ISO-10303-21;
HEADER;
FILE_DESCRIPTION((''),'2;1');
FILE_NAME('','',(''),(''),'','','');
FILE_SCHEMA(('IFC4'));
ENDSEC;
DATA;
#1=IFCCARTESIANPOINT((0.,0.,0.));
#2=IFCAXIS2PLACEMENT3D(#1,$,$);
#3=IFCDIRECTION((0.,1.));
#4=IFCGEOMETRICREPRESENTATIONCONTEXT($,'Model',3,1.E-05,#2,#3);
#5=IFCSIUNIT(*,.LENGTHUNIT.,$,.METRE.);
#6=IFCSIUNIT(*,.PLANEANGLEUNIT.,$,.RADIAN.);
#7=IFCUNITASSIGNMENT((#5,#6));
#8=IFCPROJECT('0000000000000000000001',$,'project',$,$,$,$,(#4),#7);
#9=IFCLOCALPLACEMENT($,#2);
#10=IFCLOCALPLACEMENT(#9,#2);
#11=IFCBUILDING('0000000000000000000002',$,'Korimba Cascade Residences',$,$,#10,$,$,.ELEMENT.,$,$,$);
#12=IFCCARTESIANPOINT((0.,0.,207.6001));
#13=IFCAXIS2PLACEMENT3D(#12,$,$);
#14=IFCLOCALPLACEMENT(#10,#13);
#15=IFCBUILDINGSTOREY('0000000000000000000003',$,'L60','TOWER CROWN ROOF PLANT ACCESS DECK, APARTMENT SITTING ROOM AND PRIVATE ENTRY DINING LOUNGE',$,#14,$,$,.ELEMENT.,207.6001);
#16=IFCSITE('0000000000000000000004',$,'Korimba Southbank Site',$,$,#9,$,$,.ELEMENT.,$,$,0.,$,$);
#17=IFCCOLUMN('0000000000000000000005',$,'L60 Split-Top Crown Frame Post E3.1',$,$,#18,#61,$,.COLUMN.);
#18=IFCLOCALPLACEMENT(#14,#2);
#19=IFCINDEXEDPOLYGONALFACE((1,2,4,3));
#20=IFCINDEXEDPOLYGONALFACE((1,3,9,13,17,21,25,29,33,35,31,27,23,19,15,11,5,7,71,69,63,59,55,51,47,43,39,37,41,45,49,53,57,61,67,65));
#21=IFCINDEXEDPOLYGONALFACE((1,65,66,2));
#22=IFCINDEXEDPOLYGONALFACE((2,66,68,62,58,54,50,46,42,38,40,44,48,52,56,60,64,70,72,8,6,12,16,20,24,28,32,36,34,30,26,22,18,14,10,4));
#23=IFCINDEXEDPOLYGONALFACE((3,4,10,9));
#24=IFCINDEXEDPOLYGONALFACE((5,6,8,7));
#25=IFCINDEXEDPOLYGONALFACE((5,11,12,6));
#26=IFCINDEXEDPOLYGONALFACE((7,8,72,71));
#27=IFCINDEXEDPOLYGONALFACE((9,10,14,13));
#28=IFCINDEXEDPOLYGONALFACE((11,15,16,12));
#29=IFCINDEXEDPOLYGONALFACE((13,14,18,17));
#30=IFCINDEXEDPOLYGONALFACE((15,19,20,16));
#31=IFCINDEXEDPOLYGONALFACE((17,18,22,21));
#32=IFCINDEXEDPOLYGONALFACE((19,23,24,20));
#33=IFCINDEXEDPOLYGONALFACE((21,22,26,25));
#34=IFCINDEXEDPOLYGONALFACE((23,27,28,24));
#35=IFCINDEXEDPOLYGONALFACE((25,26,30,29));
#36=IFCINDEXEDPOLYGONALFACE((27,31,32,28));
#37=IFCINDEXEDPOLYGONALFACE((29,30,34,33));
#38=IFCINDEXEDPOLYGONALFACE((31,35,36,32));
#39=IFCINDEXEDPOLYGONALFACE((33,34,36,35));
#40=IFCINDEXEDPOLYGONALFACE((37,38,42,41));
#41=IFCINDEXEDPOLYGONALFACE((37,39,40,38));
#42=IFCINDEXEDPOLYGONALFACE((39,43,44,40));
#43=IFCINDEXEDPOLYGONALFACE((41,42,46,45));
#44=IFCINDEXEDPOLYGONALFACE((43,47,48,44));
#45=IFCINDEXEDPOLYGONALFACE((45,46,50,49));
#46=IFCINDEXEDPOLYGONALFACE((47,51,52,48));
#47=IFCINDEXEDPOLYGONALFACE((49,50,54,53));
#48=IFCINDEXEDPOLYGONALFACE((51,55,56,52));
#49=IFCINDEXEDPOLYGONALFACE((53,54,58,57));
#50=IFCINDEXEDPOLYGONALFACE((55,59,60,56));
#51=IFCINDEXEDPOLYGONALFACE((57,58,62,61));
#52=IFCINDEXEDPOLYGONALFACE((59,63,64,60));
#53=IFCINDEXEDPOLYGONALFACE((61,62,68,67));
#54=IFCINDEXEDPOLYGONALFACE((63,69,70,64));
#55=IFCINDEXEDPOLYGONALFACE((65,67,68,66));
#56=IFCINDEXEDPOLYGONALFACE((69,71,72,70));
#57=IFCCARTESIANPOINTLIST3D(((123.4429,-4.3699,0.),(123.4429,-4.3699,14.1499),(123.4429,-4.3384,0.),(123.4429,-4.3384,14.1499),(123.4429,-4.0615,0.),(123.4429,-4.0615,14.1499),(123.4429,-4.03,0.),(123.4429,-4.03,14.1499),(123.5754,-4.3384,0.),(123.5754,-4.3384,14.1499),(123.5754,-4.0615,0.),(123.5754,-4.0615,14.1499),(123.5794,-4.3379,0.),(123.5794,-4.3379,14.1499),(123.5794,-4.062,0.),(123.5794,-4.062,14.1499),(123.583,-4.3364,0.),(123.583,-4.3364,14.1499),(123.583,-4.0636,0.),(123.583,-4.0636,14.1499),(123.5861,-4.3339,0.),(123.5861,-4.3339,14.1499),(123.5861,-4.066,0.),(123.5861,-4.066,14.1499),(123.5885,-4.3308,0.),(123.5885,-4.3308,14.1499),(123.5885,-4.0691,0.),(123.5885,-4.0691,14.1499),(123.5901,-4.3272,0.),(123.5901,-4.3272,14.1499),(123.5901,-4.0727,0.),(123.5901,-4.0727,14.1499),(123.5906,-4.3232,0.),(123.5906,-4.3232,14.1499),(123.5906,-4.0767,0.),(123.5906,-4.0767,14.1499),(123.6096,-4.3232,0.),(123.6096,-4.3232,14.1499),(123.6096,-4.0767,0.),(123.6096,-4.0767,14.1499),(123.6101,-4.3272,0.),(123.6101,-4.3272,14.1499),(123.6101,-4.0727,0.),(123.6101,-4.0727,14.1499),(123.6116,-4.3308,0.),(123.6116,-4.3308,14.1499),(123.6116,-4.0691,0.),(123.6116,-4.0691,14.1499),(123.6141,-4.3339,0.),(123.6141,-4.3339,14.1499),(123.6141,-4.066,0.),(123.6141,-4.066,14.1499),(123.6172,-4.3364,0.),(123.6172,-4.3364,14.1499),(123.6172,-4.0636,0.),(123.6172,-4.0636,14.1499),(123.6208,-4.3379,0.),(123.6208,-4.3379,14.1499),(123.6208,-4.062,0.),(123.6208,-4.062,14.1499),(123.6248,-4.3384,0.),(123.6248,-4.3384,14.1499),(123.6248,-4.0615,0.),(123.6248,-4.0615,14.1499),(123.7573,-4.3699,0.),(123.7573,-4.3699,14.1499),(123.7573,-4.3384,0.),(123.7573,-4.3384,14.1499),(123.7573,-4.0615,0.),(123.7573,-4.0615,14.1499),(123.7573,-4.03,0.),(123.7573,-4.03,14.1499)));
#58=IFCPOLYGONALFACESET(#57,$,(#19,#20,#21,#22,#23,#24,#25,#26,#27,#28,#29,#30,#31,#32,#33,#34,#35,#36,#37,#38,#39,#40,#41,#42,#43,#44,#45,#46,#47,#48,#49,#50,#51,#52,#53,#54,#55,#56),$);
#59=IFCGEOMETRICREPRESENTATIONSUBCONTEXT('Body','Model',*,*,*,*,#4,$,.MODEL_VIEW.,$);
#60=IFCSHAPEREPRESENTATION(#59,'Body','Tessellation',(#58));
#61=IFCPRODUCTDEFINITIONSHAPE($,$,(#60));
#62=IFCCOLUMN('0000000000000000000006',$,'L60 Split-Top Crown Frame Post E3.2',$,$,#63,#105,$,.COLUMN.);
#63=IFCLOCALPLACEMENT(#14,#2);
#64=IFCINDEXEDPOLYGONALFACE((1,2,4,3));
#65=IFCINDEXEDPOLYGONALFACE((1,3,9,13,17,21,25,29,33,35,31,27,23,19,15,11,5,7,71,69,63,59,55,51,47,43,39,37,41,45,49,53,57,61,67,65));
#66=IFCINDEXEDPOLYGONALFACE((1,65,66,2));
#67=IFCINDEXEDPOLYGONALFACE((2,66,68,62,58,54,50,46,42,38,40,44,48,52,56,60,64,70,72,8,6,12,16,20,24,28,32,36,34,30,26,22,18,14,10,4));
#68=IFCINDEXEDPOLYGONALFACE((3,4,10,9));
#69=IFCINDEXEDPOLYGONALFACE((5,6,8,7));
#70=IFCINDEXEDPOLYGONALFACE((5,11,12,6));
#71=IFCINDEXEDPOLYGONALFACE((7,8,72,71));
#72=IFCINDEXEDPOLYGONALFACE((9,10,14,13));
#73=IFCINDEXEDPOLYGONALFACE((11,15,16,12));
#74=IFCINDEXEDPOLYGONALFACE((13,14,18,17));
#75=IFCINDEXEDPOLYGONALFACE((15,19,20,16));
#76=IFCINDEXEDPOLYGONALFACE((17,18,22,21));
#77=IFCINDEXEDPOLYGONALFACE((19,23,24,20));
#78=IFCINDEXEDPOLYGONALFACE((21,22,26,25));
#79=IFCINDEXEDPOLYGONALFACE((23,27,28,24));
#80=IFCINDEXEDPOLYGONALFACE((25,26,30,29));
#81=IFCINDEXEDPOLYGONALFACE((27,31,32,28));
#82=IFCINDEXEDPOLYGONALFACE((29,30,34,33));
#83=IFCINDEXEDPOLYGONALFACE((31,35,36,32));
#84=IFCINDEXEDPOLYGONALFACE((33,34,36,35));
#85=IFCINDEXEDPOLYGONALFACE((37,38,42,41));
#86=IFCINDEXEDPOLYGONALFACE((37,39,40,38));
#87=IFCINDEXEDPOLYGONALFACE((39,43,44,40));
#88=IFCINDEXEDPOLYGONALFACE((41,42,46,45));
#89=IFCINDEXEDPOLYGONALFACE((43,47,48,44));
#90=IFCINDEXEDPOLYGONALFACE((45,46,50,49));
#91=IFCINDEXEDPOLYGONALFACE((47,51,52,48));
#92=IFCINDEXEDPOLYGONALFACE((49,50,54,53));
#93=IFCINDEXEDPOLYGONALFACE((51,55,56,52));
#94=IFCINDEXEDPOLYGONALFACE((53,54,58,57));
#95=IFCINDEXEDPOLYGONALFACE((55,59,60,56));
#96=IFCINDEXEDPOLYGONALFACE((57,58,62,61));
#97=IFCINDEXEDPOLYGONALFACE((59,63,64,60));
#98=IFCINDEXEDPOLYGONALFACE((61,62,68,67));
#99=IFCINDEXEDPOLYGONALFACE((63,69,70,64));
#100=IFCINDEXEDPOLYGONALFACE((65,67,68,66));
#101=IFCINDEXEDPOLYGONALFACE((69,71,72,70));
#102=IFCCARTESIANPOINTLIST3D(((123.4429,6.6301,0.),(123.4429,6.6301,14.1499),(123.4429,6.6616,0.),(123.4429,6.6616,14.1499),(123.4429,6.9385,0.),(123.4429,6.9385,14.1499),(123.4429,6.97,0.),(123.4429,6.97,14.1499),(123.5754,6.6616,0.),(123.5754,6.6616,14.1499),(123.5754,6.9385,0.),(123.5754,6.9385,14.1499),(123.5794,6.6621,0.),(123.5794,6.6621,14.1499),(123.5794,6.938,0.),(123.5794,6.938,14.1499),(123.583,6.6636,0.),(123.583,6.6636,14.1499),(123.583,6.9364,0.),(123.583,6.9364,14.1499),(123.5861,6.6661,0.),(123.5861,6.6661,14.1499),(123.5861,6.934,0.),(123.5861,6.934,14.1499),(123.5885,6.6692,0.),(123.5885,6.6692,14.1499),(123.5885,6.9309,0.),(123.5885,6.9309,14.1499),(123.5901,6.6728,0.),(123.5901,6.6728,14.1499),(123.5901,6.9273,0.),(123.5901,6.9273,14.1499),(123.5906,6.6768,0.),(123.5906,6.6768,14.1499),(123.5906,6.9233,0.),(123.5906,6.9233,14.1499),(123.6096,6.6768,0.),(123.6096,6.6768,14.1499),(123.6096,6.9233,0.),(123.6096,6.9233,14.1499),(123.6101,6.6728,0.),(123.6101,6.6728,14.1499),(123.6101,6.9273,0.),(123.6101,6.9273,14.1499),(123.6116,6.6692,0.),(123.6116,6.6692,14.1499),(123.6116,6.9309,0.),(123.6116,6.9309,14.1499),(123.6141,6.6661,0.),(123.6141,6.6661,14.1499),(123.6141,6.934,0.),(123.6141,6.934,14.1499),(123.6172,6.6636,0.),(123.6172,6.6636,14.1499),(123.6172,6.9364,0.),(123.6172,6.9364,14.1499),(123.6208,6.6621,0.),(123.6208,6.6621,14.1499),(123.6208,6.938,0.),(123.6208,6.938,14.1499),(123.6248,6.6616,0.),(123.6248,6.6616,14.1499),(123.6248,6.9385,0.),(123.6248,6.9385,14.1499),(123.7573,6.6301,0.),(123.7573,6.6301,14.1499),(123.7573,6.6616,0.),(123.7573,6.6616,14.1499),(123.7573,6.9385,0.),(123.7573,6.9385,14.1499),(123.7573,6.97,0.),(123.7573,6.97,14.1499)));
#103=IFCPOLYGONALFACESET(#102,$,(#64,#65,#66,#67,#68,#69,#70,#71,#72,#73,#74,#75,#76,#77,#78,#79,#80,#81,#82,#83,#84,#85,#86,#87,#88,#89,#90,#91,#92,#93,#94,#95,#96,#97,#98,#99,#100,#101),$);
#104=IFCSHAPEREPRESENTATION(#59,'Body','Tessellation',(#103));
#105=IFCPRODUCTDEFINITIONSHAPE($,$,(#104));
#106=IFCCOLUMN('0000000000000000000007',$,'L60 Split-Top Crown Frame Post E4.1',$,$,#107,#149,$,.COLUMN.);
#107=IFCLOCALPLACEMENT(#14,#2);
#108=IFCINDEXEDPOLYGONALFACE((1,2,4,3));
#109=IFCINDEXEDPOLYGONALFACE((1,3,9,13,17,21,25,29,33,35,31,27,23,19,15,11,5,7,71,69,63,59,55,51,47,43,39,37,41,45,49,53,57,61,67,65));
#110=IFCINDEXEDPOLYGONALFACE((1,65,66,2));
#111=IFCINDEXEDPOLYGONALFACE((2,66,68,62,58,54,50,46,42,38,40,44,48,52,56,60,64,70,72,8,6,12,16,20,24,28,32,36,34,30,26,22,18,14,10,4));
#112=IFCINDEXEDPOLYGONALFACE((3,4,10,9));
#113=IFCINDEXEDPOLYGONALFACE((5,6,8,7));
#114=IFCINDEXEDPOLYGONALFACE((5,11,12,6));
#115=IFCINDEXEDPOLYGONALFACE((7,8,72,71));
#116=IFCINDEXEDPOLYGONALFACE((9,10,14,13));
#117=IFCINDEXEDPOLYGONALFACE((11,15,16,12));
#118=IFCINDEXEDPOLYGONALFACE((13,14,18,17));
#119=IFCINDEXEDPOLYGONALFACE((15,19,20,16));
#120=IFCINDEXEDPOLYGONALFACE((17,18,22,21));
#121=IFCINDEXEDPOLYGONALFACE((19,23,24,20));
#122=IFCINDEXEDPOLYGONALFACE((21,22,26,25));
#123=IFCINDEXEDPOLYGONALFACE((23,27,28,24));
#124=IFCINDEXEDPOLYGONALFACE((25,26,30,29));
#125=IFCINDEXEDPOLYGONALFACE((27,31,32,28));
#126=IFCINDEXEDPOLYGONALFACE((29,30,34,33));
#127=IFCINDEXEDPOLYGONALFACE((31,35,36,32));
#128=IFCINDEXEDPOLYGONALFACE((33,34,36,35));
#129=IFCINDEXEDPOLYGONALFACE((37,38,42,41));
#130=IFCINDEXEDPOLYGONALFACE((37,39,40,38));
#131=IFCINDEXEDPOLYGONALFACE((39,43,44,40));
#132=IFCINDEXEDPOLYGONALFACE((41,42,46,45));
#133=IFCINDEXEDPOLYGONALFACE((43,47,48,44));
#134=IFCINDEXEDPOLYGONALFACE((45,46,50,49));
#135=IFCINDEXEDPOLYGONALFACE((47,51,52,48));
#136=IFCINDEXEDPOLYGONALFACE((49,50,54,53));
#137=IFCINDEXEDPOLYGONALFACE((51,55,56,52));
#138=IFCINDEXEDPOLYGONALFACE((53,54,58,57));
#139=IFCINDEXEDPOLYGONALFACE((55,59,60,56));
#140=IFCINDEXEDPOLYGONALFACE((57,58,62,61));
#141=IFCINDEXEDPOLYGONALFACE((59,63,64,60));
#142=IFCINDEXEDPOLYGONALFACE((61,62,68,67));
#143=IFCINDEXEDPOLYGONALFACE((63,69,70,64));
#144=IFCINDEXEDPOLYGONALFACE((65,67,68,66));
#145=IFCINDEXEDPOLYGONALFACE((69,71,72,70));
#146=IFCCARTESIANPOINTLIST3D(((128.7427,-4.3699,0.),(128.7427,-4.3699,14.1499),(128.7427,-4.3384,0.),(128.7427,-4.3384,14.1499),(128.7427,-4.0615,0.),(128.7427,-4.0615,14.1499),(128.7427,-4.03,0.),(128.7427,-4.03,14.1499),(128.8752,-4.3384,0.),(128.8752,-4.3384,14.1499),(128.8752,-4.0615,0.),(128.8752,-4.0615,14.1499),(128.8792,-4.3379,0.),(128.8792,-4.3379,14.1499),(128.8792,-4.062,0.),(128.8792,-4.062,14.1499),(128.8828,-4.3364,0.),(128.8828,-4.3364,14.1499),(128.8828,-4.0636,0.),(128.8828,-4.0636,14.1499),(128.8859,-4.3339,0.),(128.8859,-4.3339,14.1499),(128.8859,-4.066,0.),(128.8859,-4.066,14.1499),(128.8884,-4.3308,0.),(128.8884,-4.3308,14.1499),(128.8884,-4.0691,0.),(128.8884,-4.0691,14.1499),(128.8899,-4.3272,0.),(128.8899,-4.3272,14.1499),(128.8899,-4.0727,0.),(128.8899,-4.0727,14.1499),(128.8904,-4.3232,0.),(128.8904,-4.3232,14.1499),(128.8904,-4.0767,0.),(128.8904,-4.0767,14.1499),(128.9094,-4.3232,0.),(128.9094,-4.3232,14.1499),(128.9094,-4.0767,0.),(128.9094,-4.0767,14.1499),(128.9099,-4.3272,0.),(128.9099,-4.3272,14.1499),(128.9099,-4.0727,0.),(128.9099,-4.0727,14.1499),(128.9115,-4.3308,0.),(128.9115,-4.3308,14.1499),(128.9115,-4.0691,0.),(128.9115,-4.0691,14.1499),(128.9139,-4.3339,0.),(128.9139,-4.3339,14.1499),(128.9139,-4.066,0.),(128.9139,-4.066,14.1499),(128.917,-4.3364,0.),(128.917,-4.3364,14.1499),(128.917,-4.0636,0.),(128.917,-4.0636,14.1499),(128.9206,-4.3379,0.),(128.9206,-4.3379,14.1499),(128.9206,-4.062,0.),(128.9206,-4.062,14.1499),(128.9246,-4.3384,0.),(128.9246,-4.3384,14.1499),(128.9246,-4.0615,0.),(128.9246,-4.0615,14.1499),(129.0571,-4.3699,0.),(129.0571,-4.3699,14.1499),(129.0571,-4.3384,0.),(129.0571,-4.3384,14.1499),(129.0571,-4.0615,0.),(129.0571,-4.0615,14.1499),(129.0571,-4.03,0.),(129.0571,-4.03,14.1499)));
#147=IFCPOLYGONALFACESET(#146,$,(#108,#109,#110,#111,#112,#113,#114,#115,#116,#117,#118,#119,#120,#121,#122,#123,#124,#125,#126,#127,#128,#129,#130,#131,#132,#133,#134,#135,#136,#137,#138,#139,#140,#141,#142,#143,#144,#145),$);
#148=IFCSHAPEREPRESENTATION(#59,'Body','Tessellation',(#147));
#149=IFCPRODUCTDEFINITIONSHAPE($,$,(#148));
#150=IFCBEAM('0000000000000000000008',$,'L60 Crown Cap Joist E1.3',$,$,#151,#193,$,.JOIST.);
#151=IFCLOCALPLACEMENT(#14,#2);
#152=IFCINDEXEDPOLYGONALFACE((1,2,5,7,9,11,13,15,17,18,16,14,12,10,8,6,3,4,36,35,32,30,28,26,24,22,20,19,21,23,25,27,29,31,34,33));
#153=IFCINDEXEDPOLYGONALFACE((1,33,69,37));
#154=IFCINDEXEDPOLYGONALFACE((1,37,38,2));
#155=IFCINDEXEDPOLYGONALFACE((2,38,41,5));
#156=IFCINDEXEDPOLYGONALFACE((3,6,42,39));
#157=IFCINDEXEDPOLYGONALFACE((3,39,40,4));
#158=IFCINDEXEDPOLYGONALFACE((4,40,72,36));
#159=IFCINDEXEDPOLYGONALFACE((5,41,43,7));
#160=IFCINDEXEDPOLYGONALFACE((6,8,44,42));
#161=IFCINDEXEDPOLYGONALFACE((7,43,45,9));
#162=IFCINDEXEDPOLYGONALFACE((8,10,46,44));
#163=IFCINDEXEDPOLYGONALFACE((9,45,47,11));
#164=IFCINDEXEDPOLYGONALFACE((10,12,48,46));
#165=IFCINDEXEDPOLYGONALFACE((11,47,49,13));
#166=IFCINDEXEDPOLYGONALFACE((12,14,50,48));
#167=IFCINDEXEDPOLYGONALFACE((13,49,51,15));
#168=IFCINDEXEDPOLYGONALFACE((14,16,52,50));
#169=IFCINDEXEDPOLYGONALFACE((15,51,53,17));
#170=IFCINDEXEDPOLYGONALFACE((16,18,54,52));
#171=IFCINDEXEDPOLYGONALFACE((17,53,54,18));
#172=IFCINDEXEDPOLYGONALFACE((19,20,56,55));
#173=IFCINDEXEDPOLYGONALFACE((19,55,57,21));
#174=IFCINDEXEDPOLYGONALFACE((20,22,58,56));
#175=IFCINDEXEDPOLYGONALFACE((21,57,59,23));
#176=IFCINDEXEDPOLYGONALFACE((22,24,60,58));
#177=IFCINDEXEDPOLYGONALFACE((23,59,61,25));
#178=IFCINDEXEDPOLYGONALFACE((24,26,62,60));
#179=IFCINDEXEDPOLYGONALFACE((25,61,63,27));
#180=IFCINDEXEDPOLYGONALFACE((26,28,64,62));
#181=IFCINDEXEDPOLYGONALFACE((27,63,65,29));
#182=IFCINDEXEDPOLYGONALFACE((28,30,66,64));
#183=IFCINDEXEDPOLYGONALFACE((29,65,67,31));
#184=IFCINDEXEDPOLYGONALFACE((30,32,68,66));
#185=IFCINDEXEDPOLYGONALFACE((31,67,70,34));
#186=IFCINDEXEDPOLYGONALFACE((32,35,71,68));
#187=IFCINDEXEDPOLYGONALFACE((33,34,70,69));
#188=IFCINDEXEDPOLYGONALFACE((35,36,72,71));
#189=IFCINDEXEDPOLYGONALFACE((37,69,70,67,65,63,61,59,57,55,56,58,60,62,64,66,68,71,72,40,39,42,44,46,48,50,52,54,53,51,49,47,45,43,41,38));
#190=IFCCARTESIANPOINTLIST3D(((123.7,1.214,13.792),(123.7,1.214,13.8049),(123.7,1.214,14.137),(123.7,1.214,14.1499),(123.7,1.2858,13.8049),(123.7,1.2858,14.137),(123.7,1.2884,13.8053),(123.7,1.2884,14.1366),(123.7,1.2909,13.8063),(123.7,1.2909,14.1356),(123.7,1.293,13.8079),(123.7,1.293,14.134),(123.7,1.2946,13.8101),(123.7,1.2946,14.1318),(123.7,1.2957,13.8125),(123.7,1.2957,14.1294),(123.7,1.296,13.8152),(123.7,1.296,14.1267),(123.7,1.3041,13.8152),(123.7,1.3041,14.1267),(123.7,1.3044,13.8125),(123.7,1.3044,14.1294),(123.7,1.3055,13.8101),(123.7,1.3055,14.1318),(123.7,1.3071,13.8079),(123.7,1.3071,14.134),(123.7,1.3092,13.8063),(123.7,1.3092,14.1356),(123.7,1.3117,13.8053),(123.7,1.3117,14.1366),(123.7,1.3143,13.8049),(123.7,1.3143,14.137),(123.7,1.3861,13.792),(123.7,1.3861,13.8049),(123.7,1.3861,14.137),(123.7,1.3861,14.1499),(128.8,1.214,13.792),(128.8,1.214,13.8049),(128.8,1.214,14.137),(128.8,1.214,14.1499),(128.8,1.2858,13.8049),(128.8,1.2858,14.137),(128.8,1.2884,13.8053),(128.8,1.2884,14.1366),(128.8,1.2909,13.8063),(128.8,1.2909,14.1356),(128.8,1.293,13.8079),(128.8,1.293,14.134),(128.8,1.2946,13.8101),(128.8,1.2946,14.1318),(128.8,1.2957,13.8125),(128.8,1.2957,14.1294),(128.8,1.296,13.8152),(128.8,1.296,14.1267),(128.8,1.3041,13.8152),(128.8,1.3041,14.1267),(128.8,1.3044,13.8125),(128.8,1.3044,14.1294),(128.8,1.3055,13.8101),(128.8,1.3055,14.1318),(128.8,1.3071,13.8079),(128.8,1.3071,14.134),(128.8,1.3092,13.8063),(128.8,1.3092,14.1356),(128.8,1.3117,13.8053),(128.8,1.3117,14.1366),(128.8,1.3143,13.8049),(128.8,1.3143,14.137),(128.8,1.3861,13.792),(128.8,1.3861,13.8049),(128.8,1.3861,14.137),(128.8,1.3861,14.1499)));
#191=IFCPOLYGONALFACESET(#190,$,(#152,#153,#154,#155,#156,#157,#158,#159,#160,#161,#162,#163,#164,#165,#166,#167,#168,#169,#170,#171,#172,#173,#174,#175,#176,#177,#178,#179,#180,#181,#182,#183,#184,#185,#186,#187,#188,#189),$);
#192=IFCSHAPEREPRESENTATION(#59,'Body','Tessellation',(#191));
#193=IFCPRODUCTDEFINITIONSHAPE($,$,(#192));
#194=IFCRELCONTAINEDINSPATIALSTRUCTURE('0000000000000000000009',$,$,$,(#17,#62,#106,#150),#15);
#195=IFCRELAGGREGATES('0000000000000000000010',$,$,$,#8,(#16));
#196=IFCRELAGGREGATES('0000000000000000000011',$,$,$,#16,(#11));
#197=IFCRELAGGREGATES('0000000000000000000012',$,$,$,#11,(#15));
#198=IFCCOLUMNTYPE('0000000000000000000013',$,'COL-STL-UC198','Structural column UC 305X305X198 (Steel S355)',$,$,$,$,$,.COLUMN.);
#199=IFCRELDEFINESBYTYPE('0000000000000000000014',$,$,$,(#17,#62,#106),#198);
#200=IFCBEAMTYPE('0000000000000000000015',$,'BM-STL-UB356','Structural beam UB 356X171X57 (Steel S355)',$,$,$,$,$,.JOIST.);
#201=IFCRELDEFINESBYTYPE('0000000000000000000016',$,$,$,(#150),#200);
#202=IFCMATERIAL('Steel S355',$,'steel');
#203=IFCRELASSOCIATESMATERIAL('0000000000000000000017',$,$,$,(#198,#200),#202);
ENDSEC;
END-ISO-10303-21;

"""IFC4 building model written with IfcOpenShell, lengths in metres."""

from ifc_helpers import new_model, si_unit, direction, frame, origin, origin_2d, place, context, subcontext, project, spatial, i_section, extrude, material, material_profile, profile_set, type_object, element, save


model = new_model("IFC4")

# Units and contexts
model_context = context("Model", 3, precision=1e-05, world=origin(), true_north=direction((0.0, 1.0)))
body_context = subcontext(model_context, "Body", "Model", "MODEL_VIEW")
ifc_project = project(units=[si_unit("LENGTHUNIT", "METRE"), si_unit("PLANEANGLEUNIT", "RADIAN")], contexts=[model_context])

# Site, building, storey
site_placement = place(None, origin())
site = spatial("IfcSite", under=ifc_project, at=site_placement, Name="Korimba Southbank Site", CompositionType="ELEMENT", RefElevation=0.0)
building_placement = place(site_placement, origin())
building = spatial("IfcBuilding", under=site, at=building_placement, Name="Korimba Cascade Residences", CompositionType="ELEMENT")
storey_placement = place(building_placement, frame((0.0, 0.0, 207.6001)))
storey = spatial("IfcBuildingStorey", under=building, at=storey_placement, Name="L60", Description="TOWER CROWN ROOF PLANT ACCESS DECK, APARTMENT SITTING ROOM AND PRIVATE ENTRY DINING LOUNGE", CompositionType="ELEMENT", Elevation=207.6001)

# Columns
ifc_material_1 = material(Name="Steel S355", Category="steel")
ifc_material_profile_1 = material_profile(ifc_material_1, i_section(OverallWidth=0.3145, OverallDepth=0.3398, WebThickness=0.019, FlangeThickness=0.0315, FilletRadius=0.0151, at=origin_2d()), Name="Steel S355")
ifc_profile_set_1 = profile_set([ifc_material_profile_1], Name="Steel S355")
column_type = type_object("IfcColumnType", Name="COL-STL-UC198", Description="Structural column UC 305X305X198 (Steel S355)", PredefinedType="COLUMN", material=ifc_profile_set_1)
for number, where, z_axis, x_axis, name in (
    (1, (123.6001, -4.2, 0.0), (0.0, 0.0, 1.0), (1.0, 0.0, 0.0), "L60 Split-Top Crown Frame Post E3.1"),
    (2, (123.6001, 6.8, 0.0), (0.0, 0.0, 1.0), (1.0, 0.0, 0.0), "L60 Split-Top Crown Frame Post E3.2"),
    (3, (128.8999, -4.2, 0.0), (0.0, 0.0, 1.0), (1.0, 0.0, 0.0), "L60 Split-Top Crown Frame Post E4.1"),
):
    element("IfcColumn", number, at=place(storey_placement, frame(where, z_axis=z_axis, x_axis=x_axis)), inside=storey, type_object=column_type, Name=name, PredefinedType="COLUMN", context=body_context, shape_type="SweptSolid", body=[
        extrude(i_section(OverallWidth=0.3145, OverallDepth=0.3398, WebThickness=0.019, FlangeThickness=0.0315, FilletRadius=0.0151, at=origin_2d()), origin(), (0.0, 0.0, 1.0), 14.1499),
    ])

# Beam
ifc_material_profile_2 = material_profile(ifc_material_1, i_section(OverallWidth=0.1721, OverallDepth=0.3579, WebThickness=0.0081, FlangeThickness=0.0129, FilletRadius=0.0103, at=origin_2d()), Name="Steel S355")
ifc_profile_set_2 = profile_set([ifc_material_profile_2], Name="Steel S355")
beam_type_1 = type_object("IfcBeamType", Name="BM-STL-UB356", Description="Structural beam UB 356X171X57 (Steel S355)", PredefinedType="JOIST", material=ifc_profile_set_2)
beam_placement = place(storey_placement, frame((123.7, 1.3, 13.9709), z_axis=(1.0, 0.0, 0.0), x_axis=(0.0, 1.0, 0.0)))
element("IfcBeam", 4, at=beam_placement, inside=storey, type_object=beam_type_1, Name="L60 Crown Cap Joist E1.3", PredefinedType="JOIST", context=body_context, shape_type="SweptSolid", body=[
    extrude(i_section(OverallWidth=0.1721, OverallDepth=0.3579, WebThickness=0.0081, FlangeThickness=0.0129, FilletRadius=0.0103, at=origin_2d()), origin(), (0.0, 0.0, 1.0), 5.1001),
])

save(model, "model.ifc")
